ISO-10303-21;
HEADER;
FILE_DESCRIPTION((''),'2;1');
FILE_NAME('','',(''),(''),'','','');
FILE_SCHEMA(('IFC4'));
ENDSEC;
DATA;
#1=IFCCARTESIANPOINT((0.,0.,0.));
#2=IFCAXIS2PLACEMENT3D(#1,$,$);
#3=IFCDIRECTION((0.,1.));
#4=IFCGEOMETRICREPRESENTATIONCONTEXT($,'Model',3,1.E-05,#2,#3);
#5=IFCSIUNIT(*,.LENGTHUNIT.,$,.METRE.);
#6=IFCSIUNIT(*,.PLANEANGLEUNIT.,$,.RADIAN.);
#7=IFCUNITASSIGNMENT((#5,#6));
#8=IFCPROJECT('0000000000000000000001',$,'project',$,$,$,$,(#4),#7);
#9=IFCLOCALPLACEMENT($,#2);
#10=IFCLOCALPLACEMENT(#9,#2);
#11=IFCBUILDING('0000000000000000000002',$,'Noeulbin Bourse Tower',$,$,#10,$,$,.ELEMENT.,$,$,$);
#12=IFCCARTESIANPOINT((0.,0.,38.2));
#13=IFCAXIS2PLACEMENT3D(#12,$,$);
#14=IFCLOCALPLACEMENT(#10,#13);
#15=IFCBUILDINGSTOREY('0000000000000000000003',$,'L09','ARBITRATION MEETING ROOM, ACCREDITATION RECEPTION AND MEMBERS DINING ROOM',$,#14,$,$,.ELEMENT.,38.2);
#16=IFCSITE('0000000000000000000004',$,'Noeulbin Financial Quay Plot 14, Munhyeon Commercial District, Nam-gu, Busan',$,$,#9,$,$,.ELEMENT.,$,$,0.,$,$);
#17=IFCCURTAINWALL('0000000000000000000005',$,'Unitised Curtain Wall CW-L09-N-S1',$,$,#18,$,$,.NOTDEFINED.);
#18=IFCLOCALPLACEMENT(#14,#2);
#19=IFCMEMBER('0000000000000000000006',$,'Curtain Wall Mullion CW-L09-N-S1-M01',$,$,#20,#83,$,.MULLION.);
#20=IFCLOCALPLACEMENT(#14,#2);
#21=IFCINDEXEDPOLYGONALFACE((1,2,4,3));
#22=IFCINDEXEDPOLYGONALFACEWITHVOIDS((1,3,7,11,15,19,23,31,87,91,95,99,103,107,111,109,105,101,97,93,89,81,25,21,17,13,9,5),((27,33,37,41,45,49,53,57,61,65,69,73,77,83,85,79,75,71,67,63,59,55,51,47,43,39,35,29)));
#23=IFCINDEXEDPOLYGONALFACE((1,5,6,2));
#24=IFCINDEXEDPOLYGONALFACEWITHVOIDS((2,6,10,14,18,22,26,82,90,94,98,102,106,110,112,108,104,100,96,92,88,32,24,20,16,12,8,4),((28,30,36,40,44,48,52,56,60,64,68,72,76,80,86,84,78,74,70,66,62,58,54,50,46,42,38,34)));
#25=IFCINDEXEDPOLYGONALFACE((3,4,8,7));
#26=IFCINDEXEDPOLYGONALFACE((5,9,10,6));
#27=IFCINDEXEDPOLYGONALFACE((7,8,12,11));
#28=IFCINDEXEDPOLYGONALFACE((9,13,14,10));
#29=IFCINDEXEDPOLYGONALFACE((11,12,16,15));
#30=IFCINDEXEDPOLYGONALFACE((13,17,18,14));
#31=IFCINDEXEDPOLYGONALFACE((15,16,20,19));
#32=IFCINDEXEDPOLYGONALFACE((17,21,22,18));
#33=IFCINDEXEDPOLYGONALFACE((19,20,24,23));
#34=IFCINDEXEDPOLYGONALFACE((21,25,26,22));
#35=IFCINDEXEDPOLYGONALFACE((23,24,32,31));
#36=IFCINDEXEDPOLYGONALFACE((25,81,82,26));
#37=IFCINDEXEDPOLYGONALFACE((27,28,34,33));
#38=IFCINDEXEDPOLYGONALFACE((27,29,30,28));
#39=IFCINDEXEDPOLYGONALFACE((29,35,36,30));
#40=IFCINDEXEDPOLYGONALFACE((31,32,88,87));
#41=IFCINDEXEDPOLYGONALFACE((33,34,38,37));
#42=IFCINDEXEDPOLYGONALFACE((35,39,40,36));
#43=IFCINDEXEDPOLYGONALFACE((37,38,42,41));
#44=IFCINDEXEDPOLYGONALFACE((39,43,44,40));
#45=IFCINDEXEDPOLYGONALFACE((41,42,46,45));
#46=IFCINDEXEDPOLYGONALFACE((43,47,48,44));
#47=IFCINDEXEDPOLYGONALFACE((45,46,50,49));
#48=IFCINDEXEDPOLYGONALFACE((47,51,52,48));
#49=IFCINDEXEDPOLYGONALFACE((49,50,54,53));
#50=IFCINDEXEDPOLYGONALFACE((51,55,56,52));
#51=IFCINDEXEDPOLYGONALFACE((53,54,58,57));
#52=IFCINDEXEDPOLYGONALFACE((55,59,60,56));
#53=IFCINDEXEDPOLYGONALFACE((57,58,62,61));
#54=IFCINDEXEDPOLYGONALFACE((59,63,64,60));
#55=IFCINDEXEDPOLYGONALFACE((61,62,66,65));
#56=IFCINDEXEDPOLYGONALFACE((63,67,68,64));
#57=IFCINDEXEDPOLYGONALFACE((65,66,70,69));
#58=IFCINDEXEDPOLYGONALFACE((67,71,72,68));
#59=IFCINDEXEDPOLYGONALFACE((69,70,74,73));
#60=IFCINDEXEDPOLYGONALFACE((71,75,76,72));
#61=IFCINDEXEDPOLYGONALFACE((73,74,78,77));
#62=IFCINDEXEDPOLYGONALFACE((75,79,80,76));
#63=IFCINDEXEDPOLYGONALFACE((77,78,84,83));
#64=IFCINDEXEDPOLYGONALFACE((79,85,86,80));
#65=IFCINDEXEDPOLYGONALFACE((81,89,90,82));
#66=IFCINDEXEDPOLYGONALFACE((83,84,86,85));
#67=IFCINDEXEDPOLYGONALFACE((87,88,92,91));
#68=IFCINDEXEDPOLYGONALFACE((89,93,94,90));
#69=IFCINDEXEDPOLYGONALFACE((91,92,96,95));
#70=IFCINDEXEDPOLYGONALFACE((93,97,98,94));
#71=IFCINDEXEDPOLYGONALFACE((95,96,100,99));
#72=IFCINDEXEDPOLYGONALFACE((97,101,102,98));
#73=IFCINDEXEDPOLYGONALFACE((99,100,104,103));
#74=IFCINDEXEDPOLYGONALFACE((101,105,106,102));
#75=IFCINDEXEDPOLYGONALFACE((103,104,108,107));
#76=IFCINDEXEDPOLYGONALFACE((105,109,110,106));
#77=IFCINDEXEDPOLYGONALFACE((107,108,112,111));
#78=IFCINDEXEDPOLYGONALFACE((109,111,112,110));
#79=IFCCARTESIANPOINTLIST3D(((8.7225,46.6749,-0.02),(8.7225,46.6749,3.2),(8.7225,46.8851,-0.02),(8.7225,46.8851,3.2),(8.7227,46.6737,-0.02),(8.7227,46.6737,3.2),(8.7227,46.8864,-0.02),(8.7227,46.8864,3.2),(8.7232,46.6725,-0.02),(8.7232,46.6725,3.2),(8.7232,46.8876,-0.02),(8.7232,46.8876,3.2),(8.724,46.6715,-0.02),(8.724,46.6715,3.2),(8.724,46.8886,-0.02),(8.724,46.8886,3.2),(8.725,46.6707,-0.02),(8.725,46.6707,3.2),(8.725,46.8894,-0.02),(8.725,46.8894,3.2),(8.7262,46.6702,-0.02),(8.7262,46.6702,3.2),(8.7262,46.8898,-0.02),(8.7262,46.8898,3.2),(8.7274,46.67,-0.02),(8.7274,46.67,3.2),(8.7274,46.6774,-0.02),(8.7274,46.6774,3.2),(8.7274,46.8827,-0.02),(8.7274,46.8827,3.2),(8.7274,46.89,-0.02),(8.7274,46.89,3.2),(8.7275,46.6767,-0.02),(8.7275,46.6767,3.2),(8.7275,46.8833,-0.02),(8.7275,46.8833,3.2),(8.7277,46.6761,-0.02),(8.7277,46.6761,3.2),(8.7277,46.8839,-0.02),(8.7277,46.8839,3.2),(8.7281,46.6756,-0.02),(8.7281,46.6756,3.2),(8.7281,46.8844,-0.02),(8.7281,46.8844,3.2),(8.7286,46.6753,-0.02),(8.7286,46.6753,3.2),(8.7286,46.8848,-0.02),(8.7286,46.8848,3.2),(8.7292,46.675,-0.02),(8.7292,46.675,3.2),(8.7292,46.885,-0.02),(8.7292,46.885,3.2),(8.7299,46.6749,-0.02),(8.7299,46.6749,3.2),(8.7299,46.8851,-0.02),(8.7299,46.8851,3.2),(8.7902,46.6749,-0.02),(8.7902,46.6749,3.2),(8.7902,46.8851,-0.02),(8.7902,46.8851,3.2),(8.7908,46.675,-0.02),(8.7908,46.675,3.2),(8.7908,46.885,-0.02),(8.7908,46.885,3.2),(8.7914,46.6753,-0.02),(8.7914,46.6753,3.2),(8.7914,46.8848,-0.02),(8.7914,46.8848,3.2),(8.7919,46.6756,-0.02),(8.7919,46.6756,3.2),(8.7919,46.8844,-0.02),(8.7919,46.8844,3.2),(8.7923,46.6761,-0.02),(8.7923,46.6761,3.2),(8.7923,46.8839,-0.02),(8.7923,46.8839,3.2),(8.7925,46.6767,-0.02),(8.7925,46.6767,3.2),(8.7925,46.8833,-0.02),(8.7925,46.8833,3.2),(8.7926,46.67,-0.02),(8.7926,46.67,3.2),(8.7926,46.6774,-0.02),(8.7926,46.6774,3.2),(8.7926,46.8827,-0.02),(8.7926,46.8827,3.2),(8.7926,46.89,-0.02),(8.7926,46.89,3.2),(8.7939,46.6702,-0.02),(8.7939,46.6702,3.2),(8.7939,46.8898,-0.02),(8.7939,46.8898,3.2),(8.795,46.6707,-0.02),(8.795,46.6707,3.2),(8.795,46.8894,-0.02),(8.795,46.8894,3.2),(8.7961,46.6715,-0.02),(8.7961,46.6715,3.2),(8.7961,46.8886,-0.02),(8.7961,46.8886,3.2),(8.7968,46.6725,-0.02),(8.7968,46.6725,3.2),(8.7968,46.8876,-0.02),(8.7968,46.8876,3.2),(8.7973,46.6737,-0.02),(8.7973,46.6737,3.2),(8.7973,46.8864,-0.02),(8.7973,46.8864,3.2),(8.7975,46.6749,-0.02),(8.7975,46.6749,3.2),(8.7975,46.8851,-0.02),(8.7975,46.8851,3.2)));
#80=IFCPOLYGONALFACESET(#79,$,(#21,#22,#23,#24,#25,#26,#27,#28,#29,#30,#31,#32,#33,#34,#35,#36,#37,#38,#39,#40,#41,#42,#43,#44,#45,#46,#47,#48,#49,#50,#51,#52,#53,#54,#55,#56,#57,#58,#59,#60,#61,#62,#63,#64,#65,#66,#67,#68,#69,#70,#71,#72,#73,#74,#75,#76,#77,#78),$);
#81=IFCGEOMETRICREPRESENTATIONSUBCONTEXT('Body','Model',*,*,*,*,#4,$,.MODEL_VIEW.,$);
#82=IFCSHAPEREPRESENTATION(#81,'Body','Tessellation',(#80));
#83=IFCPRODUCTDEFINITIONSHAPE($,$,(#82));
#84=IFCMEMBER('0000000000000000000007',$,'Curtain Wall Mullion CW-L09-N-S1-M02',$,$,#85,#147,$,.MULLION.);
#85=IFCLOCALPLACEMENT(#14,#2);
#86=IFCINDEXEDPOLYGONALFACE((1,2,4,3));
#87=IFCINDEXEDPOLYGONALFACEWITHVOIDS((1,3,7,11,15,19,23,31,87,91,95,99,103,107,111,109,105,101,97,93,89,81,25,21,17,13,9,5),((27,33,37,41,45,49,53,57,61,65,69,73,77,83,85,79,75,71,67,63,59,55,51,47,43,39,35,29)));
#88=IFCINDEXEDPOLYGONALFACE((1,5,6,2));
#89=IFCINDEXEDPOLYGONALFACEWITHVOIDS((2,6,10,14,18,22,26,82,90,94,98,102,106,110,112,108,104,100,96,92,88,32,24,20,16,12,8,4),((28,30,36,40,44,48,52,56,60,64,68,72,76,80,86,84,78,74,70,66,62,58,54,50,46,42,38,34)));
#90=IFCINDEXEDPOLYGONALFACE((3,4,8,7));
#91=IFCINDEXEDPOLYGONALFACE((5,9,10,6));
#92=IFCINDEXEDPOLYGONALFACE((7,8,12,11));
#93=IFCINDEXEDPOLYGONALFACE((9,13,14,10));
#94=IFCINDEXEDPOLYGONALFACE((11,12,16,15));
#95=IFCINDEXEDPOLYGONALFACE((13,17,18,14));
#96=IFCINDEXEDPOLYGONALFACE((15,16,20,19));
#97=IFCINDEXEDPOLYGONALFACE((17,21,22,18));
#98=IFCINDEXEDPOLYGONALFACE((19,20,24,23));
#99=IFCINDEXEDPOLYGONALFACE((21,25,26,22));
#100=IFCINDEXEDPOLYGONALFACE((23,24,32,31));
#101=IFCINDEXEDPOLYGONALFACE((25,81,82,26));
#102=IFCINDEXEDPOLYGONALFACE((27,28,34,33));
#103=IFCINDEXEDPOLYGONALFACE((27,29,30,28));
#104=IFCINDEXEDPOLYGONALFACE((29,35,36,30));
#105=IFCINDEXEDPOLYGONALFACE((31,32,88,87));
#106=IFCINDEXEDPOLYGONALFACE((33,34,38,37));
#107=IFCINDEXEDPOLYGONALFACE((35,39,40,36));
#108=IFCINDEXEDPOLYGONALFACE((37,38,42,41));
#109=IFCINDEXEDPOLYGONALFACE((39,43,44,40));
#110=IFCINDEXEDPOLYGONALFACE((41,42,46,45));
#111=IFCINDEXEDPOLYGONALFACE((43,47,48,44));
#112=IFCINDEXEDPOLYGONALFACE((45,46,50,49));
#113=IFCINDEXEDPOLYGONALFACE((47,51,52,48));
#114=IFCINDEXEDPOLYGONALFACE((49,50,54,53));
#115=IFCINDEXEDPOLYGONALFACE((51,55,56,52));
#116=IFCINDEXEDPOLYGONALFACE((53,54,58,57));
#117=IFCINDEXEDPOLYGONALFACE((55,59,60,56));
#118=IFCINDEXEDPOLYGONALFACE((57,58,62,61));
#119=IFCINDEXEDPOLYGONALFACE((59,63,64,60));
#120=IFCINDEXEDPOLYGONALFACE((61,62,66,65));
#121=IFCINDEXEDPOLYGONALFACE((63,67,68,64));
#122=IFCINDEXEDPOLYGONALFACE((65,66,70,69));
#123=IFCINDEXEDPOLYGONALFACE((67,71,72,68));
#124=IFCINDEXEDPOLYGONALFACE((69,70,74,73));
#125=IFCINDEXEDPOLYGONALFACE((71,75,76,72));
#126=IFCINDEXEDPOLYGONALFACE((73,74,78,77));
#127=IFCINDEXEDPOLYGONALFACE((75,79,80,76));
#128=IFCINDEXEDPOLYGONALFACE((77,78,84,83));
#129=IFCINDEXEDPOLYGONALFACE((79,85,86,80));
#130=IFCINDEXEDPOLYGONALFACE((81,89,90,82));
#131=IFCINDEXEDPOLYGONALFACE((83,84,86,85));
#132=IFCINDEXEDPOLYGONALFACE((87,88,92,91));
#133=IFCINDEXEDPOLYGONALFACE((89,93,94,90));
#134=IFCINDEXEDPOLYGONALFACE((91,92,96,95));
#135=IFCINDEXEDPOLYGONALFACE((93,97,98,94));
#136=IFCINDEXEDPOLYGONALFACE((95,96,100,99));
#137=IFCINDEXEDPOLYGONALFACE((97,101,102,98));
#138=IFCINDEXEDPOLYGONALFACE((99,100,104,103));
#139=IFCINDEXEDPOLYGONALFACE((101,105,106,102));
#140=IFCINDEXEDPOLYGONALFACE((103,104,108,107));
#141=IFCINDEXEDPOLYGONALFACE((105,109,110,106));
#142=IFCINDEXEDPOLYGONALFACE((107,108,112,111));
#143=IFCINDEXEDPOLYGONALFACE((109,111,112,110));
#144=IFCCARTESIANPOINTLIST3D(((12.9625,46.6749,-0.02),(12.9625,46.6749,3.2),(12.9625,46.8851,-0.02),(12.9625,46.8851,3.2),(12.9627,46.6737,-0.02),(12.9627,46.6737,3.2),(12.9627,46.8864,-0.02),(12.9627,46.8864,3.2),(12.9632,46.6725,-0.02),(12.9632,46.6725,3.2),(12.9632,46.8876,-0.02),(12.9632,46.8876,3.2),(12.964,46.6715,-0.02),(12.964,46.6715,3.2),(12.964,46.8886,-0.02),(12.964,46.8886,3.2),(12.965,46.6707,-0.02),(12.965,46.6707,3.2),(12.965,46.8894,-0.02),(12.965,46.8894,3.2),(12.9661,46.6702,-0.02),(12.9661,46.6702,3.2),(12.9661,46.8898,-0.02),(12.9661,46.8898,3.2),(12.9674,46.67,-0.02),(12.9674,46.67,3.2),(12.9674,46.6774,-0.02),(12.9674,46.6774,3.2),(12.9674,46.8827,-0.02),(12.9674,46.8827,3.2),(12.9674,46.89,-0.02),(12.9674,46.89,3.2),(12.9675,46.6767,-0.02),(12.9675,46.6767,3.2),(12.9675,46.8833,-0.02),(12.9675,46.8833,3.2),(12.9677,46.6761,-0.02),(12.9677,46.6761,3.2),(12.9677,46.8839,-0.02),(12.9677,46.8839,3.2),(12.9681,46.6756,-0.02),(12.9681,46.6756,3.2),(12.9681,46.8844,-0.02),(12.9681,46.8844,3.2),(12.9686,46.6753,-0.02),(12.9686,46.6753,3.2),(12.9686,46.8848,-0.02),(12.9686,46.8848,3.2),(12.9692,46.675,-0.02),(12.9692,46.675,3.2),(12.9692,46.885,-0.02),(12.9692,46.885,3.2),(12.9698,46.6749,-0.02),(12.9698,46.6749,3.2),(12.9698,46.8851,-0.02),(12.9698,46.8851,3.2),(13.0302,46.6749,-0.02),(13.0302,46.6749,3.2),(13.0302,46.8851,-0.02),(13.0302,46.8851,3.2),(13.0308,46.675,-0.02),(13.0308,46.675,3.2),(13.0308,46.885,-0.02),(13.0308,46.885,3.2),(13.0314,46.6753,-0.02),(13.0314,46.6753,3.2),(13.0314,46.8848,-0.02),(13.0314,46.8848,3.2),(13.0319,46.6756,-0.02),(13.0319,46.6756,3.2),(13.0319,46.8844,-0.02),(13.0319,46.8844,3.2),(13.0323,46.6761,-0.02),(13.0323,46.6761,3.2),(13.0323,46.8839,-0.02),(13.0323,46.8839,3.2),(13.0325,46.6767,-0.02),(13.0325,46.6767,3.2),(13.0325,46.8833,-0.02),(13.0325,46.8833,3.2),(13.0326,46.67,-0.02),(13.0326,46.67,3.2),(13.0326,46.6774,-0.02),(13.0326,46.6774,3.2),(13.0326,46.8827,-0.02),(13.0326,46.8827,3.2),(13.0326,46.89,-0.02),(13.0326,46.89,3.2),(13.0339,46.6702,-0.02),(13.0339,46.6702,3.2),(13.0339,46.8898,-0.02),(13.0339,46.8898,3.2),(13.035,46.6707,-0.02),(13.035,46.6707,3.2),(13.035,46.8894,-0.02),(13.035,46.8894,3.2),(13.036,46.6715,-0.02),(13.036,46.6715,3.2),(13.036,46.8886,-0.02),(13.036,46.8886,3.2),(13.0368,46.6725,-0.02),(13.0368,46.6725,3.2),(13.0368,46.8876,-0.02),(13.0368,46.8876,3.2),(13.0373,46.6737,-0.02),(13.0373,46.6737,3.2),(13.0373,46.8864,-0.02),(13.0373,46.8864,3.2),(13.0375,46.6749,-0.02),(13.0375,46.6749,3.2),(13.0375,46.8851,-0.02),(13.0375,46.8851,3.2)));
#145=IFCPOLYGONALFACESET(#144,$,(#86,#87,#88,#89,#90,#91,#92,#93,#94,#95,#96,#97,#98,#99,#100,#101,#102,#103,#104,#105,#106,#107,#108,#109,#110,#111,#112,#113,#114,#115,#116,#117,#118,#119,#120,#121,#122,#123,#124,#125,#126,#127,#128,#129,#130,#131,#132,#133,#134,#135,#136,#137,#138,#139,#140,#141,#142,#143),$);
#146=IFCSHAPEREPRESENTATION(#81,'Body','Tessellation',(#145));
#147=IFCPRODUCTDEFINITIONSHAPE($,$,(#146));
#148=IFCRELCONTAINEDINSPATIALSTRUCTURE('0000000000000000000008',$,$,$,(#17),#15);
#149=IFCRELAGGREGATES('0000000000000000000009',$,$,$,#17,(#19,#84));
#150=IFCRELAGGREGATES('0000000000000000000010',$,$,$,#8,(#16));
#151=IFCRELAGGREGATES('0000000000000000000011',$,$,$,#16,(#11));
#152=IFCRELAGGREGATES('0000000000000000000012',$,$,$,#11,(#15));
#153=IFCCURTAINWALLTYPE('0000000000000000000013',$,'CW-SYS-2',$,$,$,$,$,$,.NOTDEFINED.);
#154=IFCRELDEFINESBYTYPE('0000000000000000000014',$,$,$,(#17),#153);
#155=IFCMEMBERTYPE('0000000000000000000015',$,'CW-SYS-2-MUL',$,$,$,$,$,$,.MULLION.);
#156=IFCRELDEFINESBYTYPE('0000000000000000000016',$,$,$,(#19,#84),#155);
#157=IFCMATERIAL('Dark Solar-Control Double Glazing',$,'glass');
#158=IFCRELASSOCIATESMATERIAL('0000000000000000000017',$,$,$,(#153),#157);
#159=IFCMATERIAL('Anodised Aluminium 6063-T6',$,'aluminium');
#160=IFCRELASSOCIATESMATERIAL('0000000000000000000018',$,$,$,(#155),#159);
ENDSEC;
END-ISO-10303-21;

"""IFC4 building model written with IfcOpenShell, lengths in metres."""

from ifc_helpers import new_model, si_unit, direction, frame, origin, origin_2d, place, context, subcontext, project, spatial, hollow_rectangle, extrude, material, material_profile, profile_set, type_object, element, aggregate, save


model = new_model("IFC4")

# Units and contexts
model_context = context("Model", 3, precision=1e-05, world=origin(), true_north=direction((0.0, 1.0)))
body_context = subcontext(model_context, "Body", "Model", "MODEL_VIEW")
ifc_project = project(units=[si_unit("LENGTHUNIT", "METRE"), si_unit("PLANEANGLEUNIT", "RADIAN")], contexts=[model_context])

# Site, building, storey
site_placement = place(None, origin())
site = spatial("IfcSite", under=ifc_project, at=site_placement, Name="Noeulbin Financial Quay Plot 14, Munhyeon Commercial District, Nam-gu, Busan", CompositionType="ELEMENT", RefElevation=0.0)
building_placement = place(site_placement, origin())
building = spatial("IfcBuilding", under=site, at=building_placement, Name="Noeulbin Bourse Tower", CompositionType="ELEMENT")
storey_placement = place(building_placement, frame((0.0, 0.0, 38.2)))
storey = spatial("IfcBuildingStorey", under=building, at=storey_placement, Name="L09", Description="ARBITRATION MEETING ROOM, ACCREDITATION RECEPTION AND MEMBERS DINING ROOM", CompositionType="ELEMENT", Elevation=38.2)

# Curtain wall, members
ifc_material_1 = material(Name="Dark Solar-Control Double Glazing", Category="glass")
curtain_wall_type = type_object("IfcCurtainWallType", Name="CW-SYS-2", PredefinedType="NOTDEFINED", material=ifc_material_1)
curtain_wall_1_placement = place(storey_placement, origin())
curtain_wall_1 = element("IfcCurtainWall", 1, at=curtain_wall_1_placement, inside=storey, type_object=curtain_wall_type, Name="Unitised Curtain Wall CW-L09-N-S1", PredefinedType="NOTDEFINED")
ifc_material_2 = material(Name="Anodised Aluminium 6063-T6", Category="aluminium")
ifc_material_profile_1 = material_profile(ifc_material_2, hollow_rectangle(XDim=0.075, YDim=0.22, WallThickness=0.0049, InnerFilletRadius=0.0024, OuterFilletRadius=0.0049, at=origin_2d()), Name="ALU-MULL-75x220x5", Category="LoadBearing")
ifc_profile_set_1 = profile_set([ifc_material_profile_1], Name="Anodised Aluminium 6063-T6")
member_type_1 = type_object("IfcMemberType", Name="CW-SYS-2-MUL", PredefinedType="MULLION", material=ifc_profile_set_1)
member_1_placement = place(storey_placement, frame((8.76, 46.78, -0.02), z_axis=(0.0, 0.0, 1.0), x_axis=(1.0, 0.0, 0.0)))
member_1 = element("IfcMember", 2, at=member_1_placement, type_object=member_type_1, Name="Curtain Wall Mullion CW-L09-N-S1-M01", PredefinedType="MULLION", context=body_context, shape_type="SweptSolid", body=[
    extrude(hollow_rectangle(XDim=0.075, YDim=0.22, WallThickness=0.0049, InnerFilletRadius=0.0024, OuterFilletRadius=0.0049, at=origin_2d()), origin(), (0.0, 0.0, 1.0), 3.22),
])
member_2_placement = place(storey_placement, frame((13.0, 46.78, -0.02), z_axis=(0.0, 0.0, 1.0), x_axis=(1.0, 0.0, 0.0)))
member_2 = element("IfcMember", 3, at=member_2_placement, type_object=member_type_1, Name="Curtain Wall Mullion CW-L09-N-S1-M02", PredefinedType="MULLION", context=body_context, shape_type="SweptSolid", body=[
    extrude(hollow_rectangle(XDim=0.075, YDim=0.22, WallThickness=0.0049, InnerFilletRadius=0.0024, OuterFilletRadius=0.0049, at=origin_2d()), origin(), (0.0, 0.0, 1.0), 3.22),
])

aggregate(curtain_wall_1, [member_1, member_2])

save(model, "model.ifc")
